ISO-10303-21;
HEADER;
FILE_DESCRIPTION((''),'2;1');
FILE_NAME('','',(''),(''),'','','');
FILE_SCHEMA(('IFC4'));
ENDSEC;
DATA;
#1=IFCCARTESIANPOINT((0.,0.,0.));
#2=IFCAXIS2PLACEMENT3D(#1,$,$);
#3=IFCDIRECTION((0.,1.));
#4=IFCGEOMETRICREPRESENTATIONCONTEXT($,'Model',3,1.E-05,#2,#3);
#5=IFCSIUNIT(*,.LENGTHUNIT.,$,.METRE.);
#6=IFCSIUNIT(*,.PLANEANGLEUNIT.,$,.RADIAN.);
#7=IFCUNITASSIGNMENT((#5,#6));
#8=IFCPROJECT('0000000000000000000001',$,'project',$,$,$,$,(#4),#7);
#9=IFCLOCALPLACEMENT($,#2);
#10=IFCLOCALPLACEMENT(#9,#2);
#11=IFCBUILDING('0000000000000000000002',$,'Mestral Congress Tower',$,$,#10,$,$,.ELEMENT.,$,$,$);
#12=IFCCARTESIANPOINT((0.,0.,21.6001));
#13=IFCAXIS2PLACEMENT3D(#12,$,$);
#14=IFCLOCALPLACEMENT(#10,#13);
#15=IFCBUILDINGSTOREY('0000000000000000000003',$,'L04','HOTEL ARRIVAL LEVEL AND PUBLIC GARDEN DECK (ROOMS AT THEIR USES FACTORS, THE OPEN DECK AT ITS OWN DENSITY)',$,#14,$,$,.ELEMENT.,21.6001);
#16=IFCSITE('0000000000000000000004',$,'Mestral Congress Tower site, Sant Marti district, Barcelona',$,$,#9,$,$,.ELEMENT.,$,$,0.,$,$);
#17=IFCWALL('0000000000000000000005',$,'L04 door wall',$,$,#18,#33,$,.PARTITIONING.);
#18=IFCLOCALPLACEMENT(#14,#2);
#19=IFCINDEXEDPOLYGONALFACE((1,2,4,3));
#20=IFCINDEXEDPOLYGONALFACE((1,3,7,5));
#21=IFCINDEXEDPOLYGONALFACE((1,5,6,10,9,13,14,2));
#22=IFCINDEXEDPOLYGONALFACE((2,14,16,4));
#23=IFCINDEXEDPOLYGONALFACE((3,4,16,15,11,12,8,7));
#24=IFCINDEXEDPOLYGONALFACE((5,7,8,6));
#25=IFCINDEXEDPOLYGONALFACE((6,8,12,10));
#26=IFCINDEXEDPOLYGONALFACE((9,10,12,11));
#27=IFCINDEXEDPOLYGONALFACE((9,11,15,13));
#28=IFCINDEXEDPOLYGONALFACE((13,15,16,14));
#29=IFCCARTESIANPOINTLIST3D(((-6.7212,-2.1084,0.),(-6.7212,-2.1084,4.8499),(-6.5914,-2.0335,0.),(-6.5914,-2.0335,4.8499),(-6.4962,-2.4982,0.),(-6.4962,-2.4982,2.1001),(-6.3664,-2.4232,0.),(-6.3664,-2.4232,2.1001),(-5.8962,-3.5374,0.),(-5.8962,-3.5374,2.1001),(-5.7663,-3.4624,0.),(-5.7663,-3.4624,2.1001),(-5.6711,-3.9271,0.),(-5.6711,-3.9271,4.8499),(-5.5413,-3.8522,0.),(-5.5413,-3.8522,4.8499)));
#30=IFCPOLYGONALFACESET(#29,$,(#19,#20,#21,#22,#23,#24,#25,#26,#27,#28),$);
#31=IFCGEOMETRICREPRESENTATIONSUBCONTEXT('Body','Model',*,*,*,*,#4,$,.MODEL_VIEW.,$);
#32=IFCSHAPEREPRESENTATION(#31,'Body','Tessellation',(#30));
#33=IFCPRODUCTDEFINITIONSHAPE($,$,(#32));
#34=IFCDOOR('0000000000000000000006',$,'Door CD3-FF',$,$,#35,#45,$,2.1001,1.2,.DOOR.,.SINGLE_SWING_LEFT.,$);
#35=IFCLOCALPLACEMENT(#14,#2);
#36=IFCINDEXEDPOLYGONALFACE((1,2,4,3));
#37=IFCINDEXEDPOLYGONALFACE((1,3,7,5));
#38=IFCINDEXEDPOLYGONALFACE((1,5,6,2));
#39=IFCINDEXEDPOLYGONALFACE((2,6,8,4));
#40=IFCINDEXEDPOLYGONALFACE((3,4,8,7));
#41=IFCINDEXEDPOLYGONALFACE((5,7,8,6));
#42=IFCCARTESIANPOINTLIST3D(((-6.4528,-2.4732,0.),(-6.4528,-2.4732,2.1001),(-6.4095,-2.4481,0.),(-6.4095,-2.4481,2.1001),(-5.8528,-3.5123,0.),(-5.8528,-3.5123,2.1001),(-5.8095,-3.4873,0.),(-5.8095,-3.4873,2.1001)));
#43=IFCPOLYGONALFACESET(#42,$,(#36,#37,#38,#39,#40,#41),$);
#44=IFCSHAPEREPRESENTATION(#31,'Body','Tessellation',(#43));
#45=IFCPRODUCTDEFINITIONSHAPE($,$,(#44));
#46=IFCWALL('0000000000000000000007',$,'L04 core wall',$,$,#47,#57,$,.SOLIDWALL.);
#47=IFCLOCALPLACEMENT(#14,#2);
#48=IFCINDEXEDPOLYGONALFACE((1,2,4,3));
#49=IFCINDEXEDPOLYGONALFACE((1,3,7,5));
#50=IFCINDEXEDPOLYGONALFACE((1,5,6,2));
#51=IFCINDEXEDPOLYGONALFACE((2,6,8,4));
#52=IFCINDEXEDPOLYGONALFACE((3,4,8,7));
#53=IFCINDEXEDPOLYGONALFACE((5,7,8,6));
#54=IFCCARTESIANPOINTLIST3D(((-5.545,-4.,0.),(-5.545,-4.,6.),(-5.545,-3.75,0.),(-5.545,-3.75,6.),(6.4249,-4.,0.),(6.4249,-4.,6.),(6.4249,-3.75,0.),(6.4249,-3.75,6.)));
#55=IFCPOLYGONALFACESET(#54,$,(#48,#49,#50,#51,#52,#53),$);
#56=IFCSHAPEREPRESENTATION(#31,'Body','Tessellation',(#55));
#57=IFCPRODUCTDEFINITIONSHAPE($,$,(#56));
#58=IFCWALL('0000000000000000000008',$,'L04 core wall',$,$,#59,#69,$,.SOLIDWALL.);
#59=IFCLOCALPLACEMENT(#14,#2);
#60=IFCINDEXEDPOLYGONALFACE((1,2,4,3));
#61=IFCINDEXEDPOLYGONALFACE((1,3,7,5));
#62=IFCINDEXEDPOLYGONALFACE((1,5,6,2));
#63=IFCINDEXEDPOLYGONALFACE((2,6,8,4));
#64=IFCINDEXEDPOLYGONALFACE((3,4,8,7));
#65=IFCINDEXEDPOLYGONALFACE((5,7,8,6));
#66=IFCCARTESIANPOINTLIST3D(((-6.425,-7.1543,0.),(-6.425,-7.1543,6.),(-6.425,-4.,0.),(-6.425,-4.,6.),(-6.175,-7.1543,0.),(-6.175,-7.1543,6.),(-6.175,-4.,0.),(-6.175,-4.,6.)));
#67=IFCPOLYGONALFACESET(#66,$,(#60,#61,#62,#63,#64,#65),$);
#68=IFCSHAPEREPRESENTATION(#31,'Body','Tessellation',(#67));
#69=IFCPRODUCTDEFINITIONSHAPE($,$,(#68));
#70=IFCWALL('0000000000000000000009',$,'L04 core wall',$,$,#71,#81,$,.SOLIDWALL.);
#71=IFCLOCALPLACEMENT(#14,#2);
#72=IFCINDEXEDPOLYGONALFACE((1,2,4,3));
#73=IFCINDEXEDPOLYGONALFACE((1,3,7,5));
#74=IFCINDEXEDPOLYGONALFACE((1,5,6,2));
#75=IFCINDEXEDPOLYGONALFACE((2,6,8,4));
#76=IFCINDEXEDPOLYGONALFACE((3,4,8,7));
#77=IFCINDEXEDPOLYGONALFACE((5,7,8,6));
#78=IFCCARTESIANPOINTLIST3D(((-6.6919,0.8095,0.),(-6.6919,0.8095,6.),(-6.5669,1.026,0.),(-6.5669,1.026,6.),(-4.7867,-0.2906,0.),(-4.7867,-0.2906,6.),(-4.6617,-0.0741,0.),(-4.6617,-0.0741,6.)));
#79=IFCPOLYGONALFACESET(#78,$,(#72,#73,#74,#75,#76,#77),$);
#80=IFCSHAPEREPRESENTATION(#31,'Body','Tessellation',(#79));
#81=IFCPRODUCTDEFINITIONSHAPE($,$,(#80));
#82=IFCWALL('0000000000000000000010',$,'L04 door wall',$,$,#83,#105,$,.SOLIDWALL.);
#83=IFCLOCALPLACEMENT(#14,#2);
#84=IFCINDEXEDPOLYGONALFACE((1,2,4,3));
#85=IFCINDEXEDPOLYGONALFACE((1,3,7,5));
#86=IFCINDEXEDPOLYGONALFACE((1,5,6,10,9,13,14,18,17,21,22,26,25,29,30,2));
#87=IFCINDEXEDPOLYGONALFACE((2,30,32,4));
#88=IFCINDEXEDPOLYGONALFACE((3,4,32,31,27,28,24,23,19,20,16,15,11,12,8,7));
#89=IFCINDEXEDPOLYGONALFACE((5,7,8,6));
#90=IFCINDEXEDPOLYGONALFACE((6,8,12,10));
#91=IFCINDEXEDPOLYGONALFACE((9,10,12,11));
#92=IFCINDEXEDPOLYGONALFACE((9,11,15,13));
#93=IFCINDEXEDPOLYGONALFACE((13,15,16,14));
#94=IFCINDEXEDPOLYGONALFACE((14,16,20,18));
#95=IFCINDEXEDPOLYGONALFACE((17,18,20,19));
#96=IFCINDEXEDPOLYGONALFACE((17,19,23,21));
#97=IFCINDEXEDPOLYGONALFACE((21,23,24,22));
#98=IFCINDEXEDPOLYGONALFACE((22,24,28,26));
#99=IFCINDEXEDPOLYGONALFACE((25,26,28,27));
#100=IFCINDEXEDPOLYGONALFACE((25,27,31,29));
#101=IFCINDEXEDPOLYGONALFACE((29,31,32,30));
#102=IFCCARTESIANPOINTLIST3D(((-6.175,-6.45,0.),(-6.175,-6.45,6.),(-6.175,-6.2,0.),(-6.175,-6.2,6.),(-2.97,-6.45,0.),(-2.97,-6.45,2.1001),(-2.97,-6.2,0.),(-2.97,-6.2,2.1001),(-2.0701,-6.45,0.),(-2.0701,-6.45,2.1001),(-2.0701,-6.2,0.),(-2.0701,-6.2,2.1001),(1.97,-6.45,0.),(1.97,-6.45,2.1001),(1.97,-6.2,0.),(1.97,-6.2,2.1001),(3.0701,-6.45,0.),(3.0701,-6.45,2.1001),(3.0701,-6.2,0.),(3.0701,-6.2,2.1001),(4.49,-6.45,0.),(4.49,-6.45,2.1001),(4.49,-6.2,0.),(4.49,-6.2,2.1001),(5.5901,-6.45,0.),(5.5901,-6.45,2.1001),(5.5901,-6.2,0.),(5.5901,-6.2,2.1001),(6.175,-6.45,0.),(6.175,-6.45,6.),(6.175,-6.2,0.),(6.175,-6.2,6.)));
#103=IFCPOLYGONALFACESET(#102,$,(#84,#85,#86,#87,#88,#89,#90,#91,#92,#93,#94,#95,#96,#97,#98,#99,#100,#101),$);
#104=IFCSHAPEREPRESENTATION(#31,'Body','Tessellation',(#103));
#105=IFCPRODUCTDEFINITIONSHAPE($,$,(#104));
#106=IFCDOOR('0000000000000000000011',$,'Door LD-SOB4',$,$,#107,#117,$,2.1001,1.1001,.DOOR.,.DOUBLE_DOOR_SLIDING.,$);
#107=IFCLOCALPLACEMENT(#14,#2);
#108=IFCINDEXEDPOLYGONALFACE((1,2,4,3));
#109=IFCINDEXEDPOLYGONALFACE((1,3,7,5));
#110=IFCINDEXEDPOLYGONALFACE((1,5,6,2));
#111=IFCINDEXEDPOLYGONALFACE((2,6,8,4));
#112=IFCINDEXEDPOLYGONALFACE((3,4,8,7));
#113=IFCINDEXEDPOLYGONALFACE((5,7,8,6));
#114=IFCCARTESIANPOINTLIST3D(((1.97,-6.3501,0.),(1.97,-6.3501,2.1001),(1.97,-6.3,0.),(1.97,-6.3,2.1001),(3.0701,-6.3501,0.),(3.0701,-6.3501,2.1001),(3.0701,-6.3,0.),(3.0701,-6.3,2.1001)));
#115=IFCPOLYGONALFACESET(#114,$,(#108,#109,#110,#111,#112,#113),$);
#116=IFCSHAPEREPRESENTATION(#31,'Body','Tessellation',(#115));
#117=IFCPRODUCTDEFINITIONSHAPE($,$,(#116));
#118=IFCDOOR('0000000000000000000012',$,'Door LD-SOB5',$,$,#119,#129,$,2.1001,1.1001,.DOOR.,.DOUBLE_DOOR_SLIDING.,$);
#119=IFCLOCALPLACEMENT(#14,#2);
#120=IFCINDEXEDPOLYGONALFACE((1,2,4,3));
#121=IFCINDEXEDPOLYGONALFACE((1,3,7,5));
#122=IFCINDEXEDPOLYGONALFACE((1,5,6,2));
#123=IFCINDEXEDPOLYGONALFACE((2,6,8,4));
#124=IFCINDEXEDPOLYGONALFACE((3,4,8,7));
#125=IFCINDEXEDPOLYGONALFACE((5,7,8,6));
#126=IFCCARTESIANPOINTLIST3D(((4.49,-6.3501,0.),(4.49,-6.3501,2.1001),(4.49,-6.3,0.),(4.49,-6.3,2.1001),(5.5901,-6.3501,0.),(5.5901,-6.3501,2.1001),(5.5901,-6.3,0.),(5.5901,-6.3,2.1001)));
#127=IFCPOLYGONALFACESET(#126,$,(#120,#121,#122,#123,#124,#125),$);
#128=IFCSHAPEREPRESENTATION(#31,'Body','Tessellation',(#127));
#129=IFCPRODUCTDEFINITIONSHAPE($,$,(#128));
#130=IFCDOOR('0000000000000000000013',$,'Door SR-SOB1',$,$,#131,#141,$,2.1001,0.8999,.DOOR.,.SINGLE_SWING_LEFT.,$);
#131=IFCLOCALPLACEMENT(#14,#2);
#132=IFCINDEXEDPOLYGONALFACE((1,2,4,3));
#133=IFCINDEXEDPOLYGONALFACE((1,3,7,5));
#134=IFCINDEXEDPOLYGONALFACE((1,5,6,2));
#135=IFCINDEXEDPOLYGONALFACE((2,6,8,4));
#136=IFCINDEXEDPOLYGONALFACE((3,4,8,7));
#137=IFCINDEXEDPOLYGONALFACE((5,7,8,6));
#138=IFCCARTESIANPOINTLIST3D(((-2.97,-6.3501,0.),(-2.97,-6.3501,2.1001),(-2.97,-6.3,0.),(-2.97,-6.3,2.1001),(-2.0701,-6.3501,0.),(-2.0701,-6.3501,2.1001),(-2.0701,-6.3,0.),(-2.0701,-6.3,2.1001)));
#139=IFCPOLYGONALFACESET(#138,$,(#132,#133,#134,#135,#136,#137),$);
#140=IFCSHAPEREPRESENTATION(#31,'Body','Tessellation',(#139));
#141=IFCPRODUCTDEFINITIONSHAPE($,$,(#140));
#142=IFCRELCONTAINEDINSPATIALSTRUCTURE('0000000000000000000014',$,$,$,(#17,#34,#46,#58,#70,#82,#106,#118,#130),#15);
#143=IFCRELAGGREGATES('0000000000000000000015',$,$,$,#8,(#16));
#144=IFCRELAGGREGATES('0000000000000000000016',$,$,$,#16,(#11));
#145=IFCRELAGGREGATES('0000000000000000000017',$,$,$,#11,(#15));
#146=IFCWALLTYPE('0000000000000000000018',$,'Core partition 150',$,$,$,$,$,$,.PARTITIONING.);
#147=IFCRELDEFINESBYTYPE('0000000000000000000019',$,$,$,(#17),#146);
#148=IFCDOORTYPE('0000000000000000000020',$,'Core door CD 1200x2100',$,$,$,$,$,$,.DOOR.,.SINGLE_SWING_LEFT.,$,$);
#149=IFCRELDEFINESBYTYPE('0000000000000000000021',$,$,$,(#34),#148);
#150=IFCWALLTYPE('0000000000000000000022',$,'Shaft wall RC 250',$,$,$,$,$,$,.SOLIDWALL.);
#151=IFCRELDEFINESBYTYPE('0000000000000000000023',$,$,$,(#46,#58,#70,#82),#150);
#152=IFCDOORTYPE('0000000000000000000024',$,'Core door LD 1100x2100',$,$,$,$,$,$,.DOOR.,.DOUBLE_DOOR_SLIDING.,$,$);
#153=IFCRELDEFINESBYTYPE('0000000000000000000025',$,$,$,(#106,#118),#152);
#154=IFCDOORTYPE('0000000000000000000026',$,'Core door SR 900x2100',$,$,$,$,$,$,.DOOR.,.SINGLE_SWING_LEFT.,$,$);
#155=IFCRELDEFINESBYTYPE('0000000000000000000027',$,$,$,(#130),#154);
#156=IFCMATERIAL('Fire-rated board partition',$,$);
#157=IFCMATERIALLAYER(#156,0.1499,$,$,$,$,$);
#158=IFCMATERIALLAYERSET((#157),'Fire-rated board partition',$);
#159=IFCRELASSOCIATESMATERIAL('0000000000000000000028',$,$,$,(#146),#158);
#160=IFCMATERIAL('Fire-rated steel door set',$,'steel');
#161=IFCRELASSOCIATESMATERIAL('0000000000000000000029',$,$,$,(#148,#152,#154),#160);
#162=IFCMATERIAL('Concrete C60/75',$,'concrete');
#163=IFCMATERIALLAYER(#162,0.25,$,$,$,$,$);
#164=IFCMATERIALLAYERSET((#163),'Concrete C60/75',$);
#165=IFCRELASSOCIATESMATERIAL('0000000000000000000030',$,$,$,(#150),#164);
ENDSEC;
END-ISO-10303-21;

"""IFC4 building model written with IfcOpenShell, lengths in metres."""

from ifc_helpers import new_model, si_unit, direction, frame, frame_2d, origin, place, context, subcontext, project, spatial, rectangle, extrude, material, layer, layer_set, type_object, element, fill, save


model = new_model("IFC4")

# Units and contexts
model_context = context("Model", 3, precision=1e-05, world=origin(), true_north=direction((0.0, 1.0)))
body_context = subcontext(model_context, "Body", "Model", "MODEL_VIEW")
ifc_project = project(units=[si_unit("LENGTHUNIT", "METRE"), si_unit("PLANEANGLEUNIT", "RADIAN")], contexts=[model_context])

# Site, building, storey
site_placement = place(None, origin())
site = spatial("IfcSite", under=ifc_project, at=site_placement, Name="Mestral Congress Tower site, Sant Marti district, Barcelona", CompositionType="ELEMENT", RefElevation=0.0)
building_placement = place(site_placement, origin())
building = spatial("IfcBuilding", under=site, at=building_placement, Name="Mestral Congress Tower", CompositionType="ELEMENT")
storey_placement = place(building_placement, frame((0.0, 0.0, 21.6001)))
storey = spatial("IfcBuildingStorey", under=building, at=storey_placement, Name="L04", Description="HOTEL ARRIVAL LEVEL AND PUBLIC GARDEN DECK (ROOMS AT THEIR USES FACTORS, THE OPEN DECK AT ITS OWN DENSITY)", CompositionType="ELEMENT", Elevation=21.6001)

# Shared definitions
ifc_material_1 = material(Name="Concrete C60/75", Category="concrete")

# Shared definitions
ifc_material_2 = material(Name="Fire-rated board partition")
ifc_layer_1 = layer(ifc_material_2, 0.1499)
ifc_layer_set_1 = layer_set([ifc_layer_1], Name="Fire-rated board partition")
wall_type_1 = type_object("IfcWallType", Name="Core partition 150", PredefinedType="PARTITIONING", material=ifc_layer_set_1)

# Wall, opening, door
ifc_material_3 = material(Name="Fire-rated steel door set", Category="steel")
wall_1_placement = place(storey_placement, frame((-5.6062, -3.8896, 0.0), z_axis=(0.0, 0.0, 1.0), x_axis=(-0.500028, 0.866009, 0.0)))
wall_1 = element("IfcWall", 1, at=wall_1_placement, inside=storey, type_object=wall_type_1, Name="L04 door wall", PredefinedType="PARTITIONING", context=body_context, shape_type="SweptSolid", body=[
    extrude(rectangle(XDim=2.1001, YDim=0.1499, at=frame_2d((1.05, 0.0))), origin(), (0.0, 0.0, 1.0), 4.8499),
])
opening_1_placement = place(wall_1_placement, frame((0.45, 0.0, 0.0)))
opening_1 = element("IfcOpeningElement", 2, at=opening_1_placement, cuts=wall_1, PredefinedType="OPENING", context=body_context, shape_type="SweptSolid", body=[
    extrude(rectangle(XDim=1.2, YDim=2.1001, at=frame_2d((0.6001, 1.05))), frame((0.0, 0.085, 0.0), z_axis=(0.0, -1.0, 0.0), x_axis=(1.0, 0.0, 0.0)), (0.0, 0.0, 1.0), 0.1699),
])
door_type_1 = type_object("IfcDoorType", Name="Core door CD 1200x2100", OperationType="SINGLE_SWING_LEFT", PredefinedType="DOOR", material=ifc_material_3)
door_1_placement = place(opening_1_placement, origin())
door_1 = element("IfcDoor", 3, at=door_1_placement, inside=storey, type_object=door_type_1, Name="Door CD3-FF", OperationType="SINGLE_SWING_LEFT", OverallHeight=2.1001, OverallWidth=1.2, PredefinedType="DOOR", context=body_context, shape_type="SweptSolid", body=[
    extrude(rectangle(XDim=1.2, YDim=2.1001, at=frame_2d((0.6001, 1.05))), frame((0.0, 0.0249, 0.0), z_axis=(0.0, -1.0, 0.0), x_axis=(1.0, 0.0, 0.0)), (0.0, 0.0, 1.0), 0.05),
])
fill(opening_1, door_1)

# Walls
ifc_layer_2 = layer(ifc_material_1, 0.25)
ifc_layer_set_2 = layer_set([ifc_layer_2], Name="Concrete C60/75")
wall_type_2 = type_object("IfcWallType", Name="Shaft wall RC 250", PredefinedType="SOLIDWALL", material=ifc_layer_set_2)
wall_2_placement = place(storey_placement, frame((-5.5449, -3.875, 0.0), z_axis=(0.0, 0.0, 1.0), x_axis=(1.0, 0.0, 0.0)))
element("IfcWall", 4, at=wall_2_placement, inside=storey, type_object=wall_type_2, Name="L04 core wall", PredefinedType="SOLIDWALL", context=body_context, shape_type="SweptSolid", body=[
    extrude(rectangle(XDim=11.97, YDim=0.25, at=frame_2d((5.9849, 0.0))), origin(), (0.0, 0.0, 1.0), 6.0),
])
wall_3_placement = place(storey_placement, frame((-6.3, -4.0, 0.0), z_axis=(0.0, 0.0, 1.0), x_axis=(0.0, -1.0, 0.0)))
element("IfcWall", 5, at=wall_3_placement, inside=storey, type_object=wall_type_2, Name="L04 core wall", PredefinedType="SOLIDWALL", context=body_context, shape_type="SweptSolid", body=[
    extrude(rectangle(XDim=3.1543, YDim=0.25, at=frame_2d((1.5771, 0.0))), origin(), (0.0, 0.0, 1.0), 6.0),
])
wall_4_placement = place(storey_placement, frame((-4.7241, -0.1824, 0.0), z_axis=(0.0, 0.0, 1.0), x_axis=(-0.866008, 0.50003, 0.0)))
element("IfcWall", 6, at=wall_4_placement, inside=storey, type_object=wall_type_2, Name="L04 core wall", PredefinedType="SOLIDWALL", context=body_context, shape_type="SweptSolid", body=[
    extrude(rectangle(XDim=2.2, YDim=0.25, at=frame_2d((1.1001, 0.0))), origin(), (0.0, 0.0, 1.0), 6.0),
])

# Wall, openings, doors
wall_5_placement = place(storey_placement, frame((-6.175, -6.325, 0.0), z_axis=(0.0, 0.0, 1.0), x_axis=(1.0, 0.0, 0.0)))
wall_5 = element("IfcWall", 7, at=wall_5_placement, inside=storey, type_object=wall_type_2, Name="L04 door wall", PredefinedType="SOLIDWALL", context=body_context, shape_type="SweptSolid", body=[
    extrude(rectangle(XDim=12.3501, YDim=0.25, at=frame_2d((6.175, 0.0))), origin(), (0.0, 0.0, 1.0), 6.0),
])
opening_2_placement = place(wall_5_placement, frame((3.2051, 0.0, 0.0)))
opening_2 = element("IfcOpeningElement", 8, at=opening_2_placement, cuts=wall_5, PredefinedType="OPENING", context=body_context, shape_type="SweptSolid", body=[
    extrude(rectangle(XDim=0.8999, YDim=2.1001, at=frame_2d((0.45, 1.05))), frame((0.0, 0.135, 0.0), z_axis=(0.0, -1.0, 0.0), x_axis=(1.0, 0.0, 0.0)), (0.0, 0.0, 1.0), 0.27),
])
opening_3_placement = place(wall_5_placement, frame((8.145, 0.0, 0.0)))
opening_3 = element("IfcOpeningElement", 9, at=opening_3_placement, cuts=wall_5, PredefinedType="OPENING", context=body_context, shape_type="SweptSolid", body=[
    extrude(rectangle(XDim=1.1001, YDim=2.1001, at=frame_2d((0.55, 1.05))), frame((0.0, 0.135, 0.0), z_axis=(0.0, -1.0, 0.0), x_axis=(1.0, 0.0, 0.0)), (0.0, 0.0, 1.0), 0.27),
])
opening_4_placement = place(wall_5_placement, frame((10.665, 0.0, 0.0)))
opening_4 = element("IfcOpeningElement", 10, at=opening_4_placement, cuts=wall_5, PredefinedType="OPENING", context=body_context, shape_type="SweptSolid", body=[
    extrude(rectangle(XDim=1.1001, YDim=2.1001, at=frame_2d((0.55, 1.05))), frame((0.0, 0.135, 0.0), z_axis=(0.0, -1.0, 0.0), x_axis=(1.0, 0.0, 0.0)), (0.0, 0.0, 1.0), 0.27),
])
door_type_2 = type_object("IfcDoorType", Name="Core door LD 1100x2100", OperationType="DOUBLE_DOOR_SLIDING", PredefinedType="DOOR", material=ifc_material_3)
door_2_placement = place(opening_3_placement, origin())
door_2 = element("IfcDoor", 11, at=door_2_placement, inside=storey, type_object=door_type_2, Name="Door LD-SOB4", OperationType="DOUBLE_DOOR_SLIDING", OverallHeight=2.1001, OverallWidth=1.1001, PredefinedType="DOOR", context=body_context, shape_type="SweptSolid", body=[
    extrude(rectangle(XDim=1.1001, YDim=2.1001, at=frame_2d((0.55, 1.05))), frame((0.0, 0.0249, 0.0), z_axis=(0.0, -1.0, 0.0), x_axis=(1.0, 0.0, 0.0)), (0.0, 0.0, 1.0), 0.05),
])
fill(opening_3, door_2)
door_3_placement = place(opening_4_placement, origin())
door_3 = element("IfcDoor", 12, at=door_3_placement, inside=storey, type_object=door_type_2, Name="Door LD-SOB5", OperationType="DOUBLE_DOOR_SLIDING", OverallHeight=2.1001, OverallWidth=1.1001, PredefinedType="DOOR", context=body_context, shape_type="SweptSolid", body=[
    extrude(rectangle(XDim=1.1001, YDim=2.1001, at=frame_2d((0.55, 1.05))), frame((0.0, 0.0249, 0.0), z_axis=(0.0, -1.0, 0.0), x_axis=(1.0, 0.0, 0.0)), (0.0, 0.0, 1.0), 0.05),
])
fill(opening_4, door_3)
door_type_3 = type_object("IfcDoorType", Name="Core door SR 900x2100", OperationType="SINGLE_SWING_LEFT", PredefinedType="DOOR", material=ifc_material_3)
door_4_placement = place(opening_2_placement, origin())
door_4 = element("IfcDoor", 13, at=door_4_placement, inside=storey, type_object=door_type_3, Name="Door SR-SOB1", OperationType="SINGLE_SWING_LEFT", OverallHeight=2.1001, OverallWidth=0.8999, PredefinedType="DOOR", context=body_context, shape_type="SweptSolid", body=[
    extrude(rectangle(XDim=0.8999, YDim=2.1001, at=frame_2d((0.45, 1.05))), frame((0.0, 0.0249, 0.0), z_axis=(0.0, -1.0, 0.0), x_axis=(1.0, 0.0, 0.0)), (0.0, 0.0, 1.0), 0.05),
])
fill(opening_2, door_4)

save(model, "model.ifc")
